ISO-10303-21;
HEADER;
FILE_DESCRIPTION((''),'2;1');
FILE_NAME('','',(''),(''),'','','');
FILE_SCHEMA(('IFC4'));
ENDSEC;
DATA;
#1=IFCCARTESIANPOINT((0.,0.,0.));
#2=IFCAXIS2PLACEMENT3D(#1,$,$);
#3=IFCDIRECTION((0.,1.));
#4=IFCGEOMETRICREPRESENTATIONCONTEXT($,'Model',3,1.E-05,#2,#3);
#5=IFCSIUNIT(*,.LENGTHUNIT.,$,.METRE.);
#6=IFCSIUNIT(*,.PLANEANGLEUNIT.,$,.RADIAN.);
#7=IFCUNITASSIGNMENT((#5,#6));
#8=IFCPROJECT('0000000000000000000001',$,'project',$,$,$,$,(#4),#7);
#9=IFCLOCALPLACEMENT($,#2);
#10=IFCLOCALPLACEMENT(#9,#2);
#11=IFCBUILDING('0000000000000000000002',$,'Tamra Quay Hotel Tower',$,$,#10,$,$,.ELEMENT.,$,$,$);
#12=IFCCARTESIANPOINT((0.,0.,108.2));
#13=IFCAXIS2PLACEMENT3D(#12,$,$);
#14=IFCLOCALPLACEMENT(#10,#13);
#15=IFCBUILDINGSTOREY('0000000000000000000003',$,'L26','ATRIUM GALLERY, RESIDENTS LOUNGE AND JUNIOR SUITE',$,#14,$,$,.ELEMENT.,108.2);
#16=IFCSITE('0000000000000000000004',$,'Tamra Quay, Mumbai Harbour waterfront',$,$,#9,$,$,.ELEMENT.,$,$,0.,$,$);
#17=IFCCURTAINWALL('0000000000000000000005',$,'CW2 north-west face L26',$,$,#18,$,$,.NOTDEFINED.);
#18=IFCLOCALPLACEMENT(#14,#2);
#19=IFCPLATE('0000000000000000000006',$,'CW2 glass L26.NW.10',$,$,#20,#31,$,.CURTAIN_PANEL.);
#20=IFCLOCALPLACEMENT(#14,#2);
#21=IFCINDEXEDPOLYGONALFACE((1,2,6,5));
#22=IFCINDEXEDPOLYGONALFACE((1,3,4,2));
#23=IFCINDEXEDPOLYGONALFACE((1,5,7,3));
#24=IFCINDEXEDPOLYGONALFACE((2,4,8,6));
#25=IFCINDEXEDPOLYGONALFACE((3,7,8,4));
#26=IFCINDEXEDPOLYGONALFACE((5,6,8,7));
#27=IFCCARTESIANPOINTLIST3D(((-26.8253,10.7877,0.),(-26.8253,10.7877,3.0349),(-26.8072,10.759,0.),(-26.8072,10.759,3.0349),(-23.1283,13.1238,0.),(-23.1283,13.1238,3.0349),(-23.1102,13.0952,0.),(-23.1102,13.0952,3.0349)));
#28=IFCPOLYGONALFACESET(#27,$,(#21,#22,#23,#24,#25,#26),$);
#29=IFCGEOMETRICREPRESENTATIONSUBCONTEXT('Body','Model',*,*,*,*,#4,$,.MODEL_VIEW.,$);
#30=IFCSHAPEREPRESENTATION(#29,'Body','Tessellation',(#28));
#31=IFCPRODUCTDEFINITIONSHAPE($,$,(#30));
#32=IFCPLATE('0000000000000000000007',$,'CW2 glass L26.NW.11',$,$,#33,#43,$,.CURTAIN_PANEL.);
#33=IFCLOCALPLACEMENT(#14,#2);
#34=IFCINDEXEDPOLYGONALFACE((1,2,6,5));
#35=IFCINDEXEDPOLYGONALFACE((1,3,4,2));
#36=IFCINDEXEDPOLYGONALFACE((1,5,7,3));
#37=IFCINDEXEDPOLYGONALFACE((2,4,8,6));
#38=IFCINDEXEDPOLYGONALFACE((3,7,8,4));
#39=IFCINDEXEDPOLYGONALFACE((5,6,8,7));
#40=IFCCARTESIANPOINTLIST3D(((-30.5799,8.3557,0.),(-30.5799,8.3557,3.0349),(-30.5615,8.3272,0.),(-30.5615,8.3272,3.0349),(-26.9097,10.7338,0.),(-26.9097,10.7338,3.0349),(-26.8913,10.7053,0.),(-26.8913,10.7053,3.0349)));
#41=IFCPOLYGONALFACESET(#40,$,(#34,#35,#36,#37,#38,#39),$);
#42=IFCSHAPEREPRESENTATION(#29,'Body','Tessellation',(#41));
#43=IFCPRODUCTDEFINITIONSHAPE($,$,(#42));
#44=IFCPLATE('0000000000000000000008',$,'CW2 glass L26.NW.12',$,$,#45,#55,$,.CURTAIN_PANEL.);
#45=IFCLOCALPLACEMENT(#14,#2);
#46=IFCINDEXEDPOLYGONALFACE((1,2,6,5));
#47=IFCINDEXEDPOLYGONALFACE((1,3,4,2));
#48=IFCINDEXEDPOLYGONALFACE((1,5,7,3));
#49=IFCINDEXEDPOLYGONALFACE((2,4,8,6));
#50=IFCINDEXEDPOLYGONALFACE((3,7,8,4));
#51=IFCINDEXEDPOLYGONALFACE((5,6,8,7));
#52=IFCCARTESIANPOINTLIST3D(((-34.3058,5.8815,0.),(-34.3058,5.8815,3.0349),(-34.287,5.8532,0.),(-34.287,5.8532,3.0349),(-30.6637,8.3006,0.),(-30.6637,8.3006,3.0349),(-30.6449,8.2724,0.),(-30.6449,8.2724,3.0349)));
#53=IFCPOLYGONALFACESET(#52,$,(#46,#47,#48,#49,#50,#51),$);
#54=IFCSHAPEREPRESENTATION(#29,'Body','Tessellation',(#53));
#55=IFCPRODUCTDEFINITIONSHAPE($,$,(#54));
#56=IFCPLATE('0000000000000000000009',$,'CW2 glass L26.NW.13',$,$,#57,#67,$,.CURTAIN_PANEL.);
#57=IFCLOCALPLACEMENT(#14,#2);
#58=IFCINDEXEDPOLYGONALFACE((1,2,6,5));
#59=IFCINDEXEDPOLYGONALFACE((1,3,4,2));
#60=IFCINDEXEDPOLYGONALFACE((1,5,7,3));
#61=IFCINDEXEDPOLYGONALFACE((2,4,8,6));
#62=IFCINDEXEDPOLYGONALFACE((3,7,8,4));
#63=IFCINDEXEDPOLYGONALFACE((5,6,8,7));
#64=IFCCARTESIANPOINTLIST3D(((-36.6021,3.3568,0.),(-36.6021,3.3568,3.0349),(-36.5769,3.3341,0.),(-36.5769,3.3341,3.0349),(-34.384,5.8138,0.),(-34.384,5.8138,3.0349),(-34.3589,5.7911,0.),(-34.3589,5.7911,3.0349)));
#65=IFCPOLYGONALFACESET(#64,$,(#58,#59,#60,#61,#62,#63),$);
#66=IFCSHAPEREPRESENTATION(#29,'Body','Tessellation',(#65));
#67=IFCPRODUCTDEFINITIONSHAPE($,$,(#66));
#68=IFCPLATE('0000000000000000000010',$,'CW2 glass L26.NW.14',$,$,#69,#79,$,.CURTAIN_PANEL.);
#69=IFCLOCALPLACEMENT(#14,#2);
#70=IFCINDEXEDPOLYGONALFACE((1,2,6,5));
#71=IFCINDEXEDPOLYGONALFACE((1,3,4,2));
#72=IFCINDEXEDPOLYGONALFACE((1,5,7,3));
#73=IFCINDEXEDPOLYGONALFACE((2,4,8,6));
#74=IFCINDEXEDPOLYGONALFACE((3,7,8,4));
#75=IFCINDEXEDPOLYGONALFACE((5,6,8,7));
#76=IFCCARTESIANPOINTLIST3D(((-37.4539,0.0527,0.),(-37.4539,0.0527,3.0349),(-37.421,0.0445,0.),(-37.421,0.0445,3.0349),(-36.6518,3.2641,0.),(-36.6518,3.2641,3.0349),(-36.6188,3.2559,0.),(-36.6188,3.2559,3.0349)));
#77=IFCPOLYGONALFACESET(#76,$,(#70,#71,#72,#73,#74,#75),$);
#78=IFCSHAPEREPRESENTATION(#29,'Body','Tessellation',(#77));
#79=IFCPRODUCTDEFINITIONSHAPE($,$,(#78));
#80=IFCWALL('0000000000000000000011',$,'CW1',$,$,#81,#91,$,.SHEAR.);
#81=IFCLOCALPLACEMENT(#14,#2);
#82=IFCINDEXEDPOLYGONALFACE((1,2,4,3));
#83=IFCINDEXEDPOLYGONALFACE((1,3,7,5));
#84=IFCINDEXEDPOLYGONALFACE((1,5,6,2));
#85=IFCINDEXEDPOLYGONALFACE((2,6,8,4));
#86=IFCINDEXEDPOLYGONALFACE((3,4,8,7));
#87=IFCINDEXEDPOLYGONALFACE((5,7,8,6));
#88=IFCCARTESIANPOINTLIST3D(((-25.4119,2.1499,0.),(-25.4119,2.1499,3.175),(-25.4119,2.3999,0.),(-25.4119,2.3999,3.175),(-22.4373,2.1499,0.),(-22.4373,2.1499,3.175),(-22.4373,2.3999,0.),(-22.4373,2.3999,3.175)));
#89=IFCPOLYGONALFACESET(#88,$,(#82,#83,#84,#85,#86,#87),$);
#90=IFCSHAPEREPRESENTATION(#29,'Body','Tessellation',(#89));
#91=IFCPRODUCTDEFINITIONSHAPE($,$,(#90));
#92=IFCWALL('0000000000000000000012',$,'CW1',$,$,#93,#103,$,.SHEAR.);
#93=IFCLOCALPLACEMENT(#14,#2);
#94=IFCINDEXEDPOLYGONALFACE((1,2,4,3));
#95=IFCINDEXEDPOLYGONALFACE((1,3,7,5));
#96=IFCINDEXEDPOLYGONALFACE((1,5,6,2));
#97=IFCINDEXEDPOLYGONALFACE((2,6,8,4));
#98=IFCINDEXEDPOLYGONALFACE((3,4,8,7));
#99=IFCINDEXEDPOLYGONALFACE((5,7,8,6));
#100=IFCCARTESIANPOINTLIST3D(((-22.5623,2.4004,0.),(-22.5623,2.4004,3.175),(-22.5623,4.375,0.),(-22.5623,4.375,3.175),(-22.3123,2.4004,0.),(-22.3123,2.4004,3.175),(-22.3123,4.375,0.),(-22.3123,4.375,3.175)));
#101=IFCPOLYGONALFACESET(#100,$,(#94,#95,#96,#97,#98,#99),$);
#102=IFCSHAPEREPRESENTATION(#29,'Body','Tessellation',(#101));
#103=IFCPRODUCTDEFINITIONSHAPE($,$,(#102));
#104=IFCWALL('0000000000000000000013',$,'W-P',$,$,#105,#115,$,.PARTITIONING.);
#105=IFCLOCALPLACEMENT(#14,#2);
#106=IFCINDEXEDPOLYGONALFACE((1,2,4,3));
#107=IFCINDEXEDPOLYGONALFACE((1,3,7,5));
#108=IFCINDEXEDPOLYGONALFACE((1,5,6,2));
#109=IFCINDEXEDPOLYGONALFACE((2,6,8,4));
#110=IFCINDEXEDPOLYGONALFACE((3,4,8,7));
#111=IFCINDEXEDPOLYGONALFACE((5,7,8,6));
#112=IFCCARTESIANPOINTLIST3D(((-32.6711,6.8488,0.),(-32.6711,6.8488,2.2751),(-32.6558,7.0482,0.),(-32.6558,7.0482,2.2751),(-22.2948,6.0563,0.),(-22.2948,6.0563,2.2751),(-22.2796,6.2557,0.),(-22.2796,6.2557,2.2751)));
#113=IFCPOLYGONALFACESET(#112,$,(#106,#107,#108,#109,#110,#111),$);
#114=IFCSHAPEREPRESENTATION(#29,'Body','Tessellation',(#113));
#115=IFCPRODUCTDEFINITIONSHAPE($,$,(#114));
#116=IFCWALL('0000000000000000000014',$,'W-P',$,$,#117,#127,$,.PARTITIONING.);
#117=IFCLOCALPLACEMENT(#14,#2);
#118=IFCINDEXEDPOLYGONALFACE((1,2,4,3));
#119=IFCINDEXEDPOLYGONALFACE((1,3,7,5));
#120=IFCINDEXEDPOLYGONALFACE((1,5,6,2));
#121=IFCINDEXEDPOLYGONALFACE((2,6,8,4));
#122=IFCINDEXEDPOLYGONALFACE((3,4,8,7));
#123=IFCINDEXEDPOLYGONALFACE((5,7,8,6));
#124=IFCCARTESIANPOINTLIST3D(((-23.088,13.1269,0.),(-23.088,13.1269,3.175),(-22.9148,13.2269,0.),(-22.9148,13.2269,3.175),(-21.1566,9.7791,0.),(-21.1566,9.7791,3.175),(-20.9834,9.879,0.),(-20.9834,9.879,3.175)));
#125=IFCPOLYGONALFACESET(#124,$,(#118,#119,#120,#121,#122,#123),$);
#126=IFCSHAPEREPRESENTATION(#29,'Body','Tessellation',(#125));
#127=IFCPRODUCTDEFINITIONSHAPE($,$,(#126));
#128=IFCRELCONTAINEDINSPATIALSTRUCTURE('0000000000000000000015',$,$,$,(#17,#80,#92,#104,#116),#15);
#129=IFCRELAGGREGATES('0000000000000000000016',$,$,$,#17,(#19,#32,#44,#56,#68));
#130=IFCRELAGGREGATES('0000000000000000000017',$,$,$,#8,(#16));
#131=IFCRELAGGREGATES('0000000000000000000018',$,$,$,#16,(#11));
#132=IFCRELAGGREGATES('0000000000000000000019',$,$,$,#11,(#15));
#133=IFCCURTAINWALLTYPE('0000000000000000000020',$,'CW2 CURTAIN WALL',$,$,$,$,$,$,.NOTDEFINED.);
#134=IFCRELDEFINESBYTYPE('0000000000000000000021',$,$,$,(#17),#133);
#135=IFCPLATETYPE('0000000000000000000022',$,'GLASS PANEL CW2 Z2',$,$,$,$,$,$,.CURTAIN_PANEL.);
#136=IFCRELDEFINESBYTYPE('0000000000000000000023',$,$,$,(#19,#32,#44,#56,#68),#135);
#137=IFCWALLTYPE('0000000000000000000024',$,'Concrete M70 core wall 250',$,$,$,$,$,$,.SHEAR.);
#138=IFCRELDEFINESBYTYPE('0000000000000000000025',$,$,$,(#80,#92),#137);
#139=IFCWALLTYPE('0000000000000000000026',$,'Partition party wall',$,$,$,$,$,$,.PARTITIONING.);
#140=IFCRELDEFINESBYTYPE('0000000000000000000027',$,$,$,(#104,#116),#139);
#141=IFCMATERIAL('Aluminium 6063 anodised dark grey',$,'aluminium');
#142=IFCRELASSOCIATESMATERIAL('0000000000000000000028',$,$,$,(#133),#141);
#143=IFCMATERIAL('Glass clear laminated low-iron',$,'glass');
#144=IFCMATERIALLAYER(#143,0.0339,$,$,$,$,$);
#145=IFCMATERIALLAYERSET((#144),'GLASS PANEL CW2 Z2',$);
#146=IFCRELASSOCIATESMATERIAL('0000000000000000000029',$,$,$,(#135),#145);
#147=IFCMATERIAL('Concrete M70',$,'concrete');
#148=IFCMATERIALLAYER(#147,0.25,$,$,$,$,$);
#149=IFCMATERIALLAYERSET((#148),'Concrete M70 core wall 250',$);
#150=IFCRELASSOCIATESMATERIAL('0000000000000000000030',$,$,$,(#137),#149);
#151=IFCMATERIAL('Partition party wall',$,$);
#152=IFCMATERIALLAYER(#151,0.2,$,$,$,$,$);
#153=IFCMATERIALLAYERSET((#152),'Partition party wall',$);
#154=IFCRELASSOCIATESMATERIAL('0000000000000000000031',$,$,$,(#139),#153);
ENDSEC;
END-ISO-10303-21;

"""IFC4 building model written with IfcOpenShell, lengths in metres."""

from ifc_helpers import new_model, si_unit, direction, frame, frame_2d, origin, origin_2d, place, context, subcontext, project, spatial, rectangle, extrude, material, layer, layer_set, type_object, element, aggregate, save


model = new_model("IFC4")

# Units and contexts
model_context = context("Model", 3, precision=1e-05, world=origin(), true_north=direction((0.0, 1.0)))
body_context = subcontext(model_context, "Body", "Model", "MODEL_VIEW")
ifc_project = project(units=[si_unit("LENGTHUNIT", "METRE"), si_unit("PLANEANGLEUNIT", "RADIAN")], contexts=[model_context])

# Site, building, storey
site_placement = place(None, origin())
site = spatial("IfcSite", under=ifc_project, at=site_placement, Name="Tamra Quay, Mumbai Harbour waterfront", CompositionType="ELEMENT", RefElevation=0.0)
building_placement = place(site_placement, origin())
building = spatial("IfcBuilding", under=site, at=building_placement, Name="Tamra Quay Hotel Tower", CompositionType="ELEMENT")
storey_placement = place(building_placement, frame((0.0, 0.0, 108.2)))
storey = spatial("IfcBuildingStorey", under=building, at=storey_placement, Name="L26", Description="ATRIUM GALLERY, RESIDENTS LOUNGE AND JUNIOR SUITE", CompositionType="ELEMENT", Elevation=108.2)

# Shared definitions
ifc_material_1 = material(Name="Concrete M70", Category="concrete")

# Curtain wall
ifc_material_2 = material(Name="Aluminium 6063 anodised dark grey", Category="aluminium")
curtain_wall_type = type_object("IfcCurtainWallType", Name="CW2 CURTAIN WALL", PredefinedType="NOTDEFINED", material=ifc_material_2)
curtain_wall_placement = place(storey_placement, origin())
curtain_wall = element("IfcCurtainWall", 1, at=curtain_wall_placement, inside=storey, type_object=curtain_wall_type, Name="CW2 north-west face L26", PredefinedType="NOTDEFINED")

# Plates
ifc_material_3 = material(Name="Glass clear laminated low-iron", Category="glass")
ifc_layer_1 = layer(ifc_material_3, 0.0339)
ifc_layer_set_1 = layer_set([ifc_layer_1], Name="GLASS PANEL CW2 Z2")
plate_type = type_object("IfcPlateType", Name="GLASS PANEL CW2 Z2", PredefinedType="CURTAIN_PANEL", material=ifc_layer_set_1)
plate_1_placement = place(storey_placement, frame((-24.9678, 11.9414, 0.0), z_axis=(0.0, 0.0, 1.0), x_axis=(-0.845362, -0.534193, 0.0)))
plate_1 = element("IfcPlate", 2, at=plate_1_placement, type_object=plate_type, Name="CW2 glass L26.NW.10", PredefinedType="CURTAIN_PANEL", context=body_context, shape_type="SweptSolid", body=[
    extrude(rectangle(XDim=4.3733, YDim=0.0339, at=origin_2d()), origin(), (0.0, 0.0, 1.0), 3.0349),
])
plate_2_placement = place(storey_placement, frame((-28.7356, 9.5305, 0.0), z_axis=(0.0, 0.0, 1.0), x_axis=(-0.839224, -0.543786, 0.0)))
plate_2 = element("IfcPlate", 3, at=plate_2_placement, type_object=plate_type, Name="CW2 glass L26.NW.11", PredefinedType="CURTAIN_PANEL", context=body_context, shape_type="SweptSolid", body=[
    extrude(rectangle(XDim=4.3733, YDim=0.0339, at=origin_2d()), origin(), (0.0, 0.0, 1.0), 3.0349),
])
plate_3_placement = place(storey_placement, frame((-32.4753, 7.0769, 0.0), z_axis=(0.0, 0.0, 1.0), x_axis=(-0.832988, -0.553291, 0.0)))
plate_3 = element("IfcPlate", 4, at=plate_3_placement, type_object=plate_type, Name="CW2 glass L26.NW.12", PredefinedType="CURTAIN_PANEL", context=body_context, shape_type="SweptSolid", body=[
    extrude(rectangle(XDim=4.3723, YDim=0.0339, at=origin_2d()), origin(), (0.0, 0.0, 1.0), 3.0349),
])
plate_4_placement = place(storey_placement, frame((-35.4805, 4.574, 0.0), z_axis=(0.0, 0.0, 1.0), x_axis=(-0.670088, -0.742282, 0.0)))
plate_4 = element("IfcPlate", 5, at=plate_4_placement, type_object=plate_type, Name="CW2 glass L26.NW.13", PredefinedType="CURTAIN_PANEL", context=body_context, shape_type="SweptSolid", body=[
    extrude(rectangle(XDim=3.3101, YDim=0.0339, at=origin_2d()), origin(), (0.0, 0.0, 1.0), 3.0349),
])
plate_5_placement = place(storey_placement, frame((-37.0364, 1.6543, 0.0), z_axis=(0.0, 0.0, 1.0), x_axis=(-0.242339, -0.970192, 0.0)))
plate_5 = element("IfcPlate", 6, at=plate_5_placement, type_object=plate_type, Name="CW2 glass L26.NW.14", PredefinedType="CURTAIN_PANEL", context=body_context, shape_type="SweptSolid", body=[
    extrude(rectangle(XDim=3.3101, YDim=0.0339, at=origin_2d()), origin(), (0.0, 0.0, 1.0), 3.0349),
])
aggregate(curtain_wall, [plate_1, plate_2, plate_3, plate_4, plate_5])

# Walls
ifc_layer_2 = layer(ifc_material_1, 0.25)
ifc_layer_set_2 = layer_set([ifc_layer_2], Name="Concrete M70 core wall 250")
wall_type_1 = type_object("IfcWallType", Name="Concrete M70 core wall 250", PredefinedType="SHEAR", material=ifc_layer_set_2)
wall_1_placement = place(storey_placement, frame((-25.4119, 2.2749, 0.0), z_axis=(0.0, 0.0, 1.0), x_axis=(1.0, 0.0, 0.0)))
element("IfcWall", 7, at=wall_1_placement, inside=storey, type_object=wall_type_1, Name="CW1", PredefinedType="SHEAR", context=body_context, shape_type="SweptSolid", body=[
    extrude(rectangle(XDim=2.9746, YDim=0.25, at=frame_2d((1.4873, 0.0))), origin(), (0.0, 0.0, 1.0), 3.175),
])
wall_2_placement = place(storey_placement, frame((-22.4373, 2.4004, 0.0), z_axis=(0.0, 0.0, 1.0), x_axis=(0.0, 1.0, 0.0)))
element("IfcWall", 8, at=wall_2_placement, inside=storey, type_object=wall_type_1, Name="CW1", PredefinedType="SHEAR", context=body_context, shape_type="SweptSolid", body=[
    extrude(rectangle(XDim=1.9746, YDim=0.25, at=frame_2d((0.9873, 0.0))), origin(), (0.0, 0.0, 1.0), 3.175),
])
ifc_material_4 = material(Name="Partition party wall")
ifc_layer_3 = layer(ifc_material_4, 0.2)
ifc_layer_set_3 = layer_set([ifc_layer_3], Name="Partition party wall")
wall_type_2 = type_object("IfcWallType", Name="Partition party wall", PredefinedType="PARTITIONING", material=ifc_layer_set_3)
wall_3_placement = place(storey_placement, frame((-32.6633, 6.9485, 0.0), z_axis=(0.0, 0.0, 1.0), x_axis=(0.997096, -0.076153, 0.0)))
element("IfcWall", 9, at=wall_3_placement, inside=storey, type_object=wall_type_2, Name="W-P", PredefinedType="PARTITIONING", context=body_context, shape_type="SweptSolid", body=[
    extrude(rectangle(XDim=10.4065, YDim=0.2, at=frame_2d((5.2031, 0.0))), origin(), (0.0, 0.0, 1.0), 2.2751),
])
wall_4_placement = place(storey_placement, frame((-23.0015, 13.177, 0.0), z_axis=(0.0, 0.0, 1.0), x_axis=(0.499706, -0.866195, 0.0)))
element("IfcWall", 10, at=wall_4_placement, inside=storey, type_object=wall_type_2, Name="W-P", PredefinedType="PARTITIONING", context=body_context, shape_type="SweptSolid", body=[
    extrude(rectangle(XDim=3.865, YDim=0.2, at=frame_2d((1.9326, 0.0))), origin(), (0.0, 0.0, 1.0), 3.175),
])

save(model, "model.ifc")
